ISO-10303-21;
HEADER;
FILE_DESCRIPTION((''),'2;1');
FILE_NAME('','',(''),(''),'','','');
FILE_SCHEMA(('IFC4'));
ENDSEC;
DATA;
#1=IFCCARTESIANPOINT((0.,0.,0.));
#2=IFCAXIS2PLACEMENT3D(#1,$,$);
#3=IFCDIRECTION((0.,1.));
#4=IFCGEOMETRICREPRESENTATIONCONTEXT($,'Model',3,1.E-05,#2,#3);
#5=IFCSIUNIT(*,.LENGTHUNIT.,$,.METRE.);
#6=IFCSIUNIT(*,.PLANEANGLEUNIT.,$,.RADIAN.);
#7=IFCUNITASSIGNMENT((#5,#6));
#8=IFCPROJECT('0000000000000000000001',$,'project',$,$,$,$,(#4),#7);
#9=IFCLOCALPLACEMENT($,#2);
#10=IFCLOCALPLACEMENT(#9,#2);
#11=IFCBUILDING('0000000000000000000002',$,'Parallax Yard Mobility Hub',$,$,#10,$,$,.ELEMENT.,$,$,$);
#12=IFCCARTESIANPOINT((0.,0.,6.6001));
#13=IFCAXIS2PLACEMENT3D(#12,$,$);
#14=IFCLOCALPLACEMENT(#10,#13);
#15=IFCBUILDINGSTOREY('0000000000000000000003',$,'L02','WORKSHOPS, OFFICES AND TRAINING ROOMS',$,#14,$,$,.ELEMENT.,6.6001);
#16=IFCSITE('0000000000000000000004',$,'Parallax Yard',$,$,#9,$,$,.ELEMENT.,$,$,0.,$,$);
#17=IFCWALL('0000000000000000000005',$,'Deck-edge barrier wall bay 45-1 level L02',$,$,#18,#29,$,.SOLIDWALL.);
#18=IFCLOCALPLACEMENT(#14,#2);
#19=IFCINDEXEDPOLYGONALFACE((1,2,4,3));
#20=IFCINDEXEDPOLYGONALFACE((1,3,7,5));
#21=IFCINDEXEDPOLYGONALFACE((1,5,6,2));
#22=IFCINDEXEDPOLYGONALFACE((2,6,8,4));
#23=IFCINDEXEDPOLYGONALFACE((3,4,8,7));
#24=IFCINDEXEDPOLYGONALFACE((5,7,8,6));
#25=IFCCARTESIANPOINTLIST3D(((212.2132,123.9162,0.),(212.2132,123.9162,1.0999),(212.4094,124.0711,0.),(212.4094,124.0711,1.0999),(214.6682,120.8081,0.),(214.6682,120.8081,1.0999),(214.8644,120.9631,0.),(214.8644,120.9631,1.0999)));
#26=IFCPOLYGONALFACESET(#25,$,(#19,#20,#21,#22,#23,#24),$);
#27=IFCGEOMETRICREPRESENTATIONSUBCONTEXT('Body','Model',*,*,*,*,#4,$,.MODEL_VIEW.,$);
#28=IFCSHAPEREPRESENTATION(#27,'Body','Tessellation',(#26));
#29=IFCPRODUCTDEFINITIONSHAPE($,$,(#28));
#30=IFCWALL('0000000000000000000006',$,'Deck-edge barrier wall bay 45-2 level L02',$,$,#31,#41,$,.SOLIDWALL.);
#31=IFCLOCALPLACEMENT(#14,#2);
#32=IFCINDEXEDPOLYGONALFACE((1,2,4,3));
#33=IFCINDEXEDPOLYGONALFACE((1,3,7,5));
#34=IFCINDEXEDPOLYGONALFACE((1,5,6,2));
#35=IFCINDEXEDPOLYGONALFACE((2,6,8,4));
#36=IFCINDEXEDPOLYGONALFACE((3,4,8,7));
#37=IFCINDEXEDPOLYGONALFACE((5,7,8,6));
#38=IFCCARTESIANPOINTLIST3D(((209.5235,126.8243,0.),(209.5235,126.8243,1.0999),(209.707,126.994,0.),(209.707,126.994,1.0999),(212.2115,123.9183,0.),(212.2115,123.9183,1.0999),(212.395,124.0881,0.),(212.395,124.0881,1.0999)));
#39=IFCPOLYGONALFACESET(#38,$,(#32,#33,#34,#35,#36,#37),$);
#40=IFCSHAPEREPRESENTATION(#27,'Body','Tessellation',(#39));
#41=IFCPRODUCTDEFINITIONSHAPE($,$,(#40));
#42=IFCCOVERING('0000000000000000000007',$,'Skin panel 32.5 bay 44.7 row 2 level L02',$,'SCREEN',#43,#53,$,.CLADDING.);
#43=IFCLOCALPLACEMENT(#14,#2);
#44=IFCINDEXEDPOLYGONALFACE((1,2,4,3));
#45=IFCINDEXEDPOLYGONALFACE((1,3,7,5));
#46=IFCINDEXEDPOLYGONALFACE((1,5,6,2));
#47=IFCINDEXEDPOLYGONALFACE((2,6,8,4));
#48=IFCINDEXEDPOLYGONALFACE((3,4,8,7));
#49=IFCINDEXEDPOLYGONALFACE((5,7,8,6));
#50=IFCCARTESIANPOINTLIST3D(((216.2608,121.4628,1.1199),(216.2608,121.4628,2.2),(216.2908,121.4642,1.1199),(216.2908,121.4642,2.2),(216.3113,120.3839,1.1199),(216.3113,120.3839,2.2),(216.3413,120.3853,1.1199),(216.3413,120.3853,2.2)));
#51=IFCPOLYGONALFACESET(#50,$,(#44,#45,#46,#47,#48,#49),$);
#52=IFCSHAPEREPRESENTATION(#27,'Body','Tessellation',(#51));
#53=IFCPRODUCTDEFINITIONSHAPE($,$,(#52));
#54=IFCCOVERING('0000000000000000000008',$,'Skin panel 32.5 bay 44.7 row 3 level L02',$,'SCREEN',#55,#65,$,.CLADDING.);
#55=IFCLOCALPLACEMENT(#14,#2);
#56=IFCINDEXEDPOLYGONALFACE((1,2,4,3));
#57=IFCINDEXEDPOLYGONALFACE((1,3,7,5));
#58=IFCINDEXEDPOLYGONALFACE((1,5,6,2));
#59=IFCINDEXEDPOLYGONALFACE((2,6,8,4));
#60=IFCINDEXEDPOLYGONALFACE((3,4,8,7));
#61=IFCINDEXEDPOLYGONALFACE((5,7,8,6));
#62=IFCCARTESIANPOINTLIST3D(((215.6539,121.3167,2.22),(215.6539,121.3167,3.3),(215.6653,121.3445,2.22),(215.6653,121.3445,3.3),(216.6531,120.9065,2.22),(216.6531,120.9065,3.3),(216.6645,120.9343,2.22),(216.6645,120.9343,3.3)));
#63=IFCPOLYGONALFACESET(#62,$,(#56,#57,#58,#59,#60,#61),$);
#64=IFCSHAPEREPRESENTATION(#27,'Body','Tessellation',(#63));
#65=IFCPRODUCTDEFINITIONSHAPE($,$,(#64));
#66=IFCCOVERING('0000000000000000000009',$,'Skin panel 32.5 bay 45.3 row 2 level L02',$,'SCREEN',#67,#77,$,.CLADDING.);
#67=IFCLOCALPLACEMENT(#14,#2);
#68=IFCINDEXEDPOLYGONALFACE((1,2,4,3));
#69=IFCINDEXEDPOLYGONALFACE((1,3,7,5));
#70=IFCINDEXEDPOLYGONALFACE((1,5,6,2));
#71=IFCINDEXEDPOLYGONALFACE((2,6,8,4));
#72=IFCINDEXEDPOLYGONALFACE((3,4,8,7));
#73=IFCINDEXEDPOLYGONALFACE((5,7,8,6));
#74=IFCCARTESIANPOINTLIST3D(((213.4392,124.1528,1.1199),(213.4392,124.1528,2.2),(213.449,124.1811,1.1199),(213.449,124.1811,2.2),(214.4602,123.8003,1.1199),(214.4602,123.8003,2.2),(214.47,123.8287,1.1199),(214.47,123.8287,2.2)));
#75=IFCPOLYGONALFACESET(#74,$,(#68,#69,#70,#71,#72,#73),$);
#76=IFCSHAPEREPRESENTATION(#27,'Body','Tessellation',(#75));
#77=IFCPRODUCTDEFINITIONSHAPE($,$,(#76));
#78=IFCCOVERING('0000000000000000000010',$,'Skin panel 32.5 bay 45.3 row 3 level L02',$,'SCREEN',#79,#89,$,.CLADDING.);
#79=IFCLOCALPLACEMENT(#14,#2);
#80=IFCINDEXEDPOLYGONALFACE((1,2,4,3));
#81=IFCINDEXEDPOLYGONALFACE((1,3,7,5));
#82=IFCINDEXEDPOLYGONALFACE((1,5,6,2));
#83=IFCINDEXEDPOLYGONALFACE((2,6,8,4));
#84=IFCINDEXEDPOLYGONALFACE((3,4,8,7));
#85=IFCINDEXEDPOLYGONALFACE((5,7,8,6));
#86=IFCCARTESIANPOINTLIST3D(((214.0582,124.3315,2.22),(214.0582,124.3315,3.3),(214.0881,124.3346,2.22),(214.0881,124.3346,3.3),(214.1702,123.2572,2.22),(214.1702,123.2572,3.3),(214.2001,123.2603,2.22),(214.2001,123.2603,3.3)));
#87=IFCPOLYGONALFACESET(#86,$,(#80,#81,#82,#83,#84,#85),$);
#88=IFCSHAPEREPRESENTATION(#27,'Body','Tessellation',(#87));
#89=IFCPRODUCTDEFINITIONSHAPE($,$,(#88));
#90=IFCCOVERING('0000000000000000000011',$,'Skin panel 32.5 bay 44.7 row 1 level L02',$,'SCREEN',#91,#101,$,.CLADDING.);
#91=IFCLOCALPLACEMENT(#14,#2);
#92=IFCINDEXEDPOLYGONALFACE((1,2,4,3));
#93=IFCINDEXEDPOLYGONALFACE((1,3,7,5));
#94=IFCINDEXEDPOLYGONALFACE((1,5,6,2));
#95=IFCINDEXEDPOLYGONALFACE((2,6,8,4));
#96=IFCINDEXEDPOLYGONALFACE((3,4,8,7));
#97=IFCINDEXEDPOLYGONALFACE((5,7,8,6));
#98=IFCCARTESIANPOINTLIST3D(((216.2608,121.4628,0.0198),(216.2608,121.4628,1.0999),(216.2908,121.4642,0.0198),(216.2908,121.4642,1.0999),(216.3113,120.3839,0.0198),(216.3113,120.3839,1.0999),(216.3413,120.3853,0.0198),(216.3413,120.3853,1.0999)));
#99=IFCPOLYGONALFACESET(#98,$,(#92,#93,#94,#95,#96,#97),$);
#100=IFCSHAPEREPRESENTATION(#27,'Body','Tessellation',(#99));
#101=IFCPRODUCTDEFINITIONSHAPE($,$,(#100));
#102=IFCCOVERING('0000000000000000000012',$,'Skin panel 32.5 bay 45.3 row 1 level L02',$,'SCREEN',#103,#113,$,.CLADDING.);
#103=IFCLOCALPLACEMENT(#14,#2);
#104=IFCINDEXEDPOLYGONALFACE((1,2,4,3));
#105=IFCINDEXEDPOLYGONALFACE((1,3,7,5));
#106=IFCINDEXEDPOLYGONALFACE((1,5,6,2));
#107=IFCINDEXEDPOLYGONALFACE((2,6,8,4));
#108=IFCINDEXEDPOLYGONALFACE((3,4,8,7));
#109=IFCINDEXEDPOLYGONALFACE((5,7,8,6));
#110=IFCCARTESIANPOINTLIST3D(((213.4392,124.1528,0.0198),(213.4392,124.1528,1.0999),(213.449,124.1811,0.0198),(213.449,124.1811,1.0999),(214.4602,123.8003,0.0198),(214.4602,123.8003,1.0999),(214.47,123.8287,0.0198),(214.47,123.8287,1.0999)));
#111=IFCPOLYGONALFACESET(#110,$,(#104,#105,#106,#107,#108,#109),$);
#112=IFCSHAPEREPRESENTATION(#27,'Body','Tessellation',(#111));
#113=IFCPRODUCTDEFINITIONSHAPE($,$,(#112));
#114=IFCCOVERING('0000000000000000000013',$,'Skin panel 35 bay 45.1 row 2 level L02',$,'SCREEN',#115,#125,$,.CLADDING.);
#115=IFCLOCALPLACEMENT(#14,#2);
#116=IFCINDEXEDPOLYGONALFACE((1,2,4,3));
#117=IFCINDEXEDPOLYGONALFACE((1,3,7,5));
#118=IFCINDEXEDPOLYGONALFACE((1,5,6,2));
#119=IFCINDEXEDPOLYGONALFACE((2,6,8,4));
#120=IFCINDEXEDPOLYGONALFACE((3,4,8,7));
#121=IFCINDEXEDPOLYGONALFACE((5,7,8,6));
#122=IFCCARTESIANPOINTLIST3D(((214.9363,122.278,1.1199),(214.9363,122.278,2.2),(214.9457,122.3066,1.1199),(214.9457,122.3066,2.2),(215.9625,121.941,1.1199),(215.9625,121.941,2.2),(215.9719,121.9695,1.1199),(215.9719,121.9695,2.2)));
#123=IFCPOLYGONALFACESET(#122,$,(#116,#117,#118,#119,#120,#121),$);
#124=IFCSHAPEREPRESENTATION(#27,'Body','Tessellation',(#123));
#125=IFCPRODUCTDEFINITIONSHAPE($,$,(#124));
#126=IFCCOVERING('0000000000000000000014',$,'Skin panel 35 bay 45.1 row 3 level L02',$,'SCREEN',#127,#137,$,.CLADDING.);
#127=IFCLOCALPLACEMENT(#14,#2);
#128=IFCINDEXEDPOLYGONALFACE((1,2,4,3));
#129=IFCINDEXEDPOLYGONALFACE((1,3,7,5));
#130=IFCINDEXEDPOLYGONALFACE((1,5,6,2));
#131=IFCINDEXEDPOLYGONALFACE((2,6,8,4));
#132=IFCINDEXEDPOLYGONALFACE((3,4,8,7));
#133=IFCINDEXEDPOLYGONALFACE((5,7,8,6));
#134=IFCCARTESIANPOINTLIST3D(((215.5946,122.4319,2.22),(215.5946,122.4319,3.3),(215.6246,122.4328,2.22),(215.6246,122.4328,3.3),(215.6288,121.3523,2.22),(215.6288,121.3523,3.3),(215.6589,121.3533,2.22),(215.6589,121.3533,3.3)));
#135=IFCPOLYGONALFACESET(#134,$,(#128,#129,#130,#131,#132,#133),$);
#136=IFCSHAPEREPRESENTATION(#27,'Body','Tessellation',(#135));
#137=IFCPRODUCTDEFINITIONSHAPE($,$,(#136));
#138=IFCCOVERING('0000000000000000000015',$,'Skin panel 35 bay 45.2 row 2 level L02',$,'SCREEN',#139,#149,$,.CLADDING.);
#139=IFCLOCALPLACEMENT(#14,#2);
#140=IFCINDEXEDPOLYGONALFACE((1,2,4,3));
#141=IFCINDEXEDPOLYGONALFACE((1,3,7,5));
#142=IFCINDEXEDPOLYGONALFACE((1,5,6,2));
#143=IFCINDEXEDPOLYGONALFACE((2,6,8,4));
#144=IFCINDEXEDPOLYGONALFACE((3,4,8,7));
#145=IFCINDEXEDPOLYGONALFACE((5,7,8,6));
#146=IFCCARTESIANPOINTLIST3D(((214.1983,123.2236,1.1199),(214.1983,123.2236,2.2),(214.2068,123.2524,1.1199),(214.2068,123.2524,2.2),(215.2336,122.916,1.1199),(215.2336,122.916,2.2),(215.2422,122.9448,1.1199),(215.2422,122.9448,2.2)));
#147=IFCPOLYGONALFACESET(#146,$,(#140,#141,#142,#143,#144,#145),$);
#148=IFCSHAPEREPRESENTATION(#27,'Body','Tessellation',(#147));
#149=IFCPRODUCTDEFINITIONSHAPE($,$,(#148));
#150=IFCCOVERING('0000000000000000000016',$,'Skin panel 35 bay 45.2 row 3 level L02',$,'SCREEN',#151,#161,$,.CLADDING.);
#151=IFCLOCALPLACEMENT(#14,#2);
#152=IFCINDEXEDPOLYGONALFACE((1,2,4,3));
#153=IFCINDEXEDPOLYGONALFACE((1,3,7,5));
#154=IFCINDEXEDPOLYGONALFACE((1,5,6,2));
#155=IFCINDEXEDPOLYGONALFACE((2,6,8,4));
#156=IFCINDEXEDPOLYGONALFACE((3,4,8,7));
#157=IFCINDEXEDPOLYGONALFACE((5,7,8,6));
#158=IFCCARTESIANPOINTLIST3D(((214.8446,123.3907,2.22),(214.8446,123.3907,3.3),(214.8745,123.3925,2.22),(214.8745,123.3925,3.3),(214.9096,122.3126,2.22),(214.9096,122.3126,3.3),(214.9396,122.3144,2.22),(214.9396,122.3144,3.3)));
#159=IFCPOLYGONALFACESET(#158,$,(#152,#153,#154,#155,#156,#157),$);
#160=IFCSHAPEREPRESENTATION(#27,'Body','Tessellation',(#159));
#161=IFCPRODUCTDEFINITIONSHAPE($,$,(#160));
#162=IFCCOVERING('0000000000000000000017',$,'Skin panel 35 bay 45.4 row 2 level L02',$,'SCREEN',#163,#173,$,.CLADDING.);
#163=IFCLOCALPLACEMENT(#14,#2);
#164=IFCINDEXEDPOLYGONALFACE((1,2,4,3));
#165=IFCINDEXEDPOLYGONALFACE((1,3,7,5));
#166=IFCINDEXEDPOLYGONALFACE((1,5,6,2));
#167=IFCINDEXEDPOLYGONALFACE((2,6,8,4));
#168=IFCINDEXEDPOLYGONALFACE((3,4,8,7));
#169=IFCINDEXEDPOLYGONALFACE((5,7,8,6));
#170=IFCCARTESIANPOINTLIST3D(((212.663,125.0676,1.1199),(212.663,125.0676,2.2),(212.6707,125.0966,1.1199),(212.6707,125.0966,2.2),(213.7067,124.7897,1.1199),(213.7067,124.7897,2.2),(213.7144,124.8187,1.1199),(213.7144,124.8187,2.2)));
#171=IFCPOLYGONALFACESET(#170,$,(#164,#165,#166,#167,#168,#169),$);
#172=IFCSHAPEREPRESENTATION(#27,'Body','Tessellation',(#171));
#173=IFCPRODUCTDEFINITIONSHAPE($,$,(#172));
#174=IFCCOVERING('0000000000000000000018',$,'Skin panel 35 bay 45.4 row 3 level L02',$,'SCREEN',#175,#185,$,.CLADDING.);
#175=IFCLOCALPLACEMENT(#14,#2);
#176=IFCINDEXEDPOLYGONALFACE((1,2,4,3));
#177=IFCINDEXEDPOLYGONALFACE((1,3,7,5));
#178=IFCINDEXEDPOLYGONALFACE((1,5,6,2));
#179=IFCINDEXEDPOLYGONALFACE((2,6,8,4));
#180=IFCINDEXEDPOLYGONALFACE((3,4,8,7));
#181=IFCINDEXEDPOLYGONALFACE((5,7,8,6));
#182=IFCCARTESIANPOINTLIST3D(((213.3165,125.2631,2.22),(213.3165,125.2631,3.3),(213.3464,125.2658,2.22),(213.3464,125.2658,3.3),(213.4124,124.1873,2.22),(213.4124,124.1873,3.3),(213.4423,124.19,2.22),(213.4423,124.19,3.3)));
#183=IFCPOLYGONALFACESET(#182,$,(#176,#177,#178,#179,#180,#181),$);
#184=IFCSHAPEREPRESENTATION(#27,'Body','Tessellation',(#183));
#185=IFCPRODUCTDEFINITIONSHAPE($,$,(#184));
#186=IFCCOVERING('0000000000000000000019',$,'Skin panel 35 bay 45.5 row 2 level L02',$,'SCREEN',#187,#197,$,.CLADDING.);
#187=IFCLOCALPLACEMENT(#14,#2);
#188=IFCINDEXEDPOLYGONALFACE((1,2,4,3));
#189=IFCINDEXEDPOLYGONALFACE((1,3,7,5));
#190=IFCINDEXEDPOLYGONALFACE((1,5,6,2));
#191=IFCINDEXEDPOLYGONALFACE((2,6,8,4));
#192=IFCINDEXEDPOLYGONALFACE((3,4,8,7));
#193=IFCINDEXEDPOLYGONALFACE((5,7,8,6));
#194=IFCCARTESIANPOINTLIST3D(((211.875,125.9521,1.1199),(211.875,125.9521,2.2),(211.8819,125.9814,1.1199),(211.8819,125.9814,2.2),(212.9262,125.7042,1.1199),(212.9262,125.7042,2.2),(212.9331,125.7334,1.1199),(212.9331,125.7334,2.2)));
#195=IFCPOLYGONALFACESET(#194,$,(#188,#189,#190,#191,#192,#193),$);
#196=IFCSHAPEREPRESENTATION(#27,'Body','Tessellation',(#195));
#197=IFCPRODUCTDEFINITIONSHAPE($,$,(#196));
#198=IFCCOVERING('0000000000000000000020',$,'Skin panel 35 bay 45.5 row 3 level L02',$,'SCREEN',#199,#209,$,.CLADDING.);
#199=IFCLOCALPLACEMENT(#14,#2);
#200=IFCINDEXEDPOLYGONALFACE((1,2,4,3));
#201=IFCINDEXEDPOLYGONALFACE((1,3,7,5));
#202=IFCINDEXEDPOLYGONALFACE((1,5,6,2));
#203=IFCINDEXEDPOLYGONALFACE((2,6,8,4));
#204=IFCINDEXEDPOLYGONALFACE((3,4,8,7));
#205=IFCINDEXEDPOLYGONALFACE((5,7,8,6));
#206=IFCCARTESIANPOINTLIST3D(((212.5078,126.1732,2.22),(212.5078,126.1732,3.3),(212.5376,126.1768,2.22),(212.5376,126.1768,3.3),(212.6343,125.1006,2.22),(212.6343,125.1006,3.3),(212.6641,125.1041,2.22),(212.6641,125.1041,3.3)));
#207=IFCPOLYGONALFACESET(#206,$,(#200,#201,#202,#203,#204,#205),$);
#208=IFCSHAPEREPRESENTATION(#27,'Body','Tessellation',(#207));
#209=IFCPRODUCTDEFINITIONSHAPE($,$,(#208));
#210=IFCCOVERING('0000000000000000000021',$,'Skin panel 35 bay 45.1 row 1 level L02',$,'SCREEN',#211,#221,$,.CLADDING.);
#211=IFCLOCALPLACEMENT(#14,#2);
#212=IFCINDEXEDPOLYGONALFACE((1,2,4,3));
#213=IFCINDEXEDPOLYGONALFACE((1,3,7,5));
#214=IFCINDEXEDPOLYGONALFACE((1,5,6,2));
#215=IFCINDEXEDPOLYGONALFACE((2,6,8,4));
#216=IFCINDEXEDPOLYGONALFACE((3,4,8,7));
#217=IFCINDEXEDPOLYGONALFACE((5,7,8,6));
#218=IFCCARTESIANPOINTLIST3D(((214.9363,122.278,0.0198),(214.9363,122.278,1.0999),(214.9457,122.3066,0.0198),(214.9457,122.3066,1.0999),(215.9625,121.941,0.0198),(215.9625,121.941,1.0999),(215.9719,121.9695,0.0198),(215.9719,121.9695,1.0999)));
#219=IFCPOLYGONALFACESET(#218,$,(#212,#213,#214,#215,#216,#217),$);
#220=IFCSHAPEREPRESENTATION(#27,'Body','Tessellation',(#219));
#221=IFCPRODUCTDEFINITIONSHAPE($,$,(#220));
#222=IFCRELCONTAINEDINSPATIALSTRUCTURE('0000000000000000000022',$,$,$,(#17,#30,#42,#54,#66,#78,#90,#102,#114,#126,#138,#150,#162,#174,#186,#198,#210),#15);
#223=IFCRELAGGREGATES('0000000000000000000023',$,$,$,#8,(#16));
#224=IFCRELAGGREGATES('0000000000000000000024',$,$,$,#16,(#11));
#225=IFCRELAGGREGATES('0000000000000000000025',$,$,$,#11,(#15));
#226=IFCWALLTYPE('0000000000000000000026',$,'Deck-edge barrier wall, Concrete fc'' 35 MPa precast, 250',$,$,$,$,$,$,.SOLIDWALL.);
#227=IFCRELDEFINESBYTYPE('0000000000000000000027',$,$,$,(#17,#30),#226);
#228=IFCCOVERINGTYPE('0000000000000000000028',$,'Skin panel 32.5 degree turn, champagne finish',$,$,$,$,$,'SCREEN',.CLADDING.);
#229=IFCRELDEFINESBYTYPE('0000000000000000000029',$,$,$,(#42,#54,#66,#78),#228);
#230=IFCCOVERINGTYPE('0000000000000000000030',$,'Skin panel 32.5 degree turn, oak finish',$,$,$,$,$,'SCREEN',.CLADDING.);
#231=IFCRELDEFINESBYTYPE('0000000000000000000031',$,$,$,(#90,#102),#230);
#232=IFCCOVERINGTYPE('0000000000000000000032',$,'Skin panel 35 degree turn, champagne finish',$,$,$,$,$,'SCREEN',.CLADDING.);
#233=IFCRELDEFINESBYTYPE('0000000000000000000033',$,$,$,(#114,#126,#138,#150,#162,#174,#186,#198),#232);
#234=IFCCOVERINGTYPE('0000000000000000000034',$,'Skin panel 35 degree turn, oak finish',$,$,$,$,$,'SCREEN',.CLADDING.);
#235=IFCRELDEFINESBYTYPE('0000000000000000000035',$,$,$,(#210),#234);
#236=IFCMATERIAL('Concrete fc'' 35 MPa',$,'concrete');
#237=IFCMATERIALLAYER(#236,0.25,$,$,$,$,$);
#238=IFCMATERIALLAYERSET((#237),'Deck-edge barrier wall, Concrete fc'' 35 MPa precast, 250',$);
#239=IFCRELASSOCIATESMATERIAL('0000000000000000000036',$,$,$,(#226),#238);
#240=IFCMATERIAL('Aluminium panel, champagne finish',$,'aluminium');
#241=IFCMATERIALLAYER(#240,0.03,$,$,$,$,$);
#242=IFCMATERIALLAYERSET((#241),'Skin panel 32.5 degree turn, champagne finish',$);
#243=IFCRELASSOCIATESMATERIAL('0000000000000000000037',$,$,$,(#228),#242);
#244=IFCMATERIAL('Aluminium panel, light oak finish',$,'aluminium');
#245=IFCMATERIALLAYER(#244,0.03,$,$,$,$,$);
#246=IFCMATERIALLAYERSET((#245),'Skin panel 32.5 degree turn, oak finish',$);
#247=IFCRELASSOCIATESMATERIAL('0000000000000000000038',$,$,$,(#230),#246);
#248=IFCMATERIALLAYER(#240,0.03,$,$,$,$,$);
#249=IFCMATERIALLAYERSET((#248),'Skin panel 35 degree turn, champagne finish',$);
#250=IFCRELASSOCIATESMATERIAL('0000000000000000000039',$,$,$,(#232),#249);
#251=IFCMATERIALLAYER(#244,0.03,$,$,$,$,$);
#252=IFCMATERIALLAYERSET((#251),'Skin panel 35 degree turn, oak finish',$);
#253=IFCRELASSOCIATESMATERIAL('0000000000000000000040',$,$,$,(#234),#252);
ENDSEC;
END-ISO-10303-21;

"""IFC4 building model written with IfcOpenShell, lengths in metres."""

from ifc_helpers import new_model, si_unit, direction, frame, frame_2d, origin, origin_2d, place, context, subcontext, project, spatial, rectangle, extrude, material, layer, layer_set, type_object, element, save


model = new_model("IFC4")

# Units and contexts
model_context = context("Model", 3, precision=1e-05, world=origin(), true_north=direction((0.0, 1.0)))
body_context = subcontext(model_context, "Body", "Model", "MODEL_VIEW")
ifc_project = project(units=[si_unit("LENGTHUNIT", "METRE"), si_unit("PLANEANGLEUNIT", "RADIAN")], contexts=[model_context])

# Site, building, storey
site_placement = place(None, origin())
site = spatial("IfcSite", under=ifc_project, at=site_placement, Name="Parallax Yard", CompositionType="ELEMENT", RefElevation=0.0)
building_placement = place(site_placement, origin())
building = spatial("IfcBuilding", under=site, at=building_placement, Name="Parallax Yard Mobility Hub", CompositionType="ELEMENT")
storey_placement = place(building_placement, frame((0.0, 0.0, 6.6001)))
storey = spatial("IfcBuildingStorey", under=building, at=storey_placement, Name="L02", Description="WORKSHOPS, OFFICES AND TRAINING ROOMS", CompositionType="ELEMENT", Elevation=6.6001)

# Walls
ifc_material_1 = material(Name="Concrete fc' 35 MPa", Category="concrete")
ifc_layer_1 = layer(ifc_material_1, 0.25)
ifc_layer_set_1 = layer_set([ifc_layer_1], Name="Deck-edge barrier wall, Concrete fc' 35 MPa precast, 250")
wall_type = type_object("IfcWallType", Name="Deck-edge barrier wall, Concrete fc' 35 MPa precast, 250", PredefinedType="SOLIDWALL", material=ifc_layer_set_1)
wall_1_placement = place(storey_placement, frame((214.7664, 120.8855, 0.0), z_axis=(0.0, 0.0, 1.0), x_axis=(-0.619842, 0.784727, 0.0)))
element("IfcWall", 1, at=wall_1_placement, inside=storey, type_object=wall_type, Name="Deck-edge barrier wall bay 45-1 level L02", PredefinedType="SOLIDWALL", context=body_context, shape_type="SweptSolid", body=[
    extrude(rectangle(XDim=3.9607, YDim=0.25, at=frame_2d((1.9805, 0.0))), origin(), (0.0, 0.0, 1.0), 1.0999),
])
wall_2_placement = place(storey_placement, frame((212.3032, 124.0032, 0.0), z_axis=(0.0, 0.0, 1.0), x_axis=(-0.679033, 0.734108, 0.0)))
element("IfcWall", 2, at=wall_2_placement, inside=storey, type_object=wall_type, Name="Deck-edge barrier wall bay 45-2 level L02", PredefinedType="SOLIDWALL", context=body_context, shape_type="SweptSolid", body=[
    extrude(rectangle(XDim=3.9585, YDim=0.25, at=frame_2d((1.9792, 0.0))), origin(), (0.0, 0.0, 1.0), 1.0999),
])

# Coverings
ifc_material_2 = material(Name="Aluminium panel, champagne finish", Category="aluminium")
ifc_layer_2 = layer(ifc_material_2, 0.03)
ifc_layer_set_2 = layer_set([ifc_layer_2], Name="Skin panel 32.5 degree turn, champagne finish")
covering_type_1 = type_object("IfcCoveringType", Name="Skin panel 32.5 degree turn, champagne finish", ElementType="SCREEN", PredefinedType="CLADDING", material=ifc_layer_set_2)
for number, where, z_axis, x_axis, name in (
    (3, (216.301, 120.9241, 1.1199), (0.0, 0.0, 1.0), (-0.046789, 0.998905, 0.0), "Skin panel 32.5 bay 44.7 row 2 level L02"),
    (4, (216.1592, 121.1255, 2.22), (0.0, 0.0, 1.0), (0.925089, -0.37975, 0.0), "Skin panel 32.5 bay 44.7 row 3 level L02"),
    (5, (213.9546, 123.9907, 1.1199), (0.0, 0.0, 1.0), (0.94526, -0.326319, 0.0), "Skin panel 32.5 bay 45.3 row 2 level L02"),
    (6, (214.1292, 123.7959, 2.22), (0.0, 0.0, 1.0), (-0.103739, 0.994605, 0.0), "Skin panel 32.5 bay 45.3 row 3 level L02"),
):
    element("IfcCovering", number, at=place(storey_placement, frame(where, z_axis=z_axis, x_axis=x_axis)), inside=storey, type_object=covering_type_1, Name=name, ObjectType="SCREEN", PredefinedType="CLADDING", context=body_context, shape_type="SweptSolid", body=[
        extrude(rectangle(XDim=1.0801, YDim=0.03, at=origin_2d()), origin(), (0.0, 0.0, 1.0), 1.0801),
    ])
ifc_material_3 = material(Name="Aluminium panel, light oak finish", Category="aluminium")
ifc_layer_3 = layer(ifc_material_3, 0.03)
ifc_layer_set_3 = layer_set([ifc_layer_3], Name="Skin panel 32.5 degree turn, oak finish")
covering_type_2 = type_object("IfcCoveringType", Name="Skin panel 32.5 degree turn, oak finish", ElementType="SCREEN", PredefinedType="CLADDING", material=ifc_layer_set_3)
for number, where, z_axis, x_axis, name in (
    (7, (216.301, 120.9241, 0.0198), (0.0, 0.0, 1.0), (-0.046789, 0.998905, 0.0), "Skin panel 32.5 bay 44.7 row 1 level L02"),
    (8, (213.9546, 123.9907, 0.0198), (0.0, 0.0, 1.0), (0.94526, -0.326319, 0.0), "Skin panel 32.5 bay 45.3 row 1 level L02"),
):
    element("IfcCovering", number, at=place(storey_placement, frame(where, z_axis=z_axis, x_axis=x_axis)), inside=storey, type_object=covering_type_2, Name=name, ObjectType="SCREEN", PredefinedType="CLADDING", context=body_context, shape_type="SweptSolid", body=[
        extrude(rectangle(XDim=1.0801, YDim=0.03, at=origin_2d()), origin(), (0.0, 0.0, 1.0), 1.0801),
    ])
ifc_layer_4 = layer(ifc_material_2, 0.03)
ifc_layer_set_4 = layer_set([ifc_layer_4], Name="Skin panel 35 degree turn, champagne finish")
covering_type_3 = type_object("IfcCoveringType", Name="Skin panel 35 degree turn, champagne finish", ElementType="SCREEN", PredefinedType="CLADDING", material=ifc_layer_set_4)
for number, where, z_axis, x_axis, name in (
    (9, (215.4541, 122.1238, 1.1199), (0.0, 0.0, 1.0), (0.950071, -0.312033, 0.0), "Skin panel 35 bay 45.1 row 2 level L02"),
    (10, (215.6267, 121.8926, 2.22), (0.0, 0.0, 1.0), (-0.031728, 0.999497, 0.0), "Skin panel 35 bay 45.1 row 3 level L02"),
    (11, (214.7202, 123.0842, 1.1199), (0.0, 0.0, 1.0), (0.958594, -0.284777, 0.0), "Skin panel 35 bay 45.2 row 2 level L02"),
    (12, (214.8921, 122.8525, 2.22), (0.0, 0.0, 1.0), (-0.060256, 0.998183, 0.0), "Skin panel 35 bay 45.2 row 3 level L02"),
    (13, (213.1887, 124.9431, 1.1199), (0.0, 0.0, 1.0), (0.966335, -0.257286, 0.0), "Skin panel 35 bay 45.4 row 2 level L02"),
    (14, (213.3794, 124.7266, 2.22), (0.0, 0.0, 1.0), (-0.088736, 0.996055, 0.0), "Skin panel 35 bay 45.4 row 3 level L02"),
    (15, (212.4041, 125.8428, 1.1199), (0.0, 0.0, 1.0), (0.973288, -0.229586, 0.0), "Skin panel 35 bay 45.5 row 2 level L02"),
    (16, (212.5859, 125.6387, 2.22), (0.0, 0.0, 1.0), (-0.117144, 0.993115, 0.0), "Skin panel 35 bay 45.5 row 3 level L02"),
):
    element("IfcCovering", number, at=place(storey_placement, frame(where, z_axis=z_axis, x_axis=x_axis)), inside=storey, type_object=covering_type_3, Name=name, ObjectType="SCREEN", PredefinedType="CLADDING", context=body_context, shape_type="SweptSolid", body=[
        extrude(rectangle(XDim=1.0801, YDim=0.03, at=origin_2d()), origin(), (0.0, 0.0, 1.0), 1.0801),
    ])
ifc_layer_5 = layer(ifc_material_3, 0.03)
ifc_layer_set_5 = layer_set([ifc_layer_5], Name="Skin panel 35 degree turn, oak finish")
covering_type_4 = type_object("IfcCoveringType", Name="Skin panel 35 degree turn, oak finish", ElementType="SCREEN", PredefinedType="CLADDING", material=ifc_layer_set_5)
for number, where, z_axis, x_axis, name in (
    (17, (215.4541, 122.1238, 0.0198), (0.0, 0.0, 1.0), (0.950071, -0.312033, 0.0), "Skin panel 35 bay 45.1 row 1 level L02"),
):
    element("IfcCovering", number, at=place(storey_placement, frame(where, z_axis=z_axis, x_axis=x_axis)), inside=storey, type_object=covering_type_4, Name=name, ObjectType="SCREEN", PredefinedType="CLADDING", context=body_context, shape_type="SweptSolid", body=[
        extrude(rectangle(XDim=1.0801, YDim=0.03, at=origin_2d()), origin(), (0.0, 0.0, 1.0), 1.0801),
    ])

save(model, "model.ifc")
